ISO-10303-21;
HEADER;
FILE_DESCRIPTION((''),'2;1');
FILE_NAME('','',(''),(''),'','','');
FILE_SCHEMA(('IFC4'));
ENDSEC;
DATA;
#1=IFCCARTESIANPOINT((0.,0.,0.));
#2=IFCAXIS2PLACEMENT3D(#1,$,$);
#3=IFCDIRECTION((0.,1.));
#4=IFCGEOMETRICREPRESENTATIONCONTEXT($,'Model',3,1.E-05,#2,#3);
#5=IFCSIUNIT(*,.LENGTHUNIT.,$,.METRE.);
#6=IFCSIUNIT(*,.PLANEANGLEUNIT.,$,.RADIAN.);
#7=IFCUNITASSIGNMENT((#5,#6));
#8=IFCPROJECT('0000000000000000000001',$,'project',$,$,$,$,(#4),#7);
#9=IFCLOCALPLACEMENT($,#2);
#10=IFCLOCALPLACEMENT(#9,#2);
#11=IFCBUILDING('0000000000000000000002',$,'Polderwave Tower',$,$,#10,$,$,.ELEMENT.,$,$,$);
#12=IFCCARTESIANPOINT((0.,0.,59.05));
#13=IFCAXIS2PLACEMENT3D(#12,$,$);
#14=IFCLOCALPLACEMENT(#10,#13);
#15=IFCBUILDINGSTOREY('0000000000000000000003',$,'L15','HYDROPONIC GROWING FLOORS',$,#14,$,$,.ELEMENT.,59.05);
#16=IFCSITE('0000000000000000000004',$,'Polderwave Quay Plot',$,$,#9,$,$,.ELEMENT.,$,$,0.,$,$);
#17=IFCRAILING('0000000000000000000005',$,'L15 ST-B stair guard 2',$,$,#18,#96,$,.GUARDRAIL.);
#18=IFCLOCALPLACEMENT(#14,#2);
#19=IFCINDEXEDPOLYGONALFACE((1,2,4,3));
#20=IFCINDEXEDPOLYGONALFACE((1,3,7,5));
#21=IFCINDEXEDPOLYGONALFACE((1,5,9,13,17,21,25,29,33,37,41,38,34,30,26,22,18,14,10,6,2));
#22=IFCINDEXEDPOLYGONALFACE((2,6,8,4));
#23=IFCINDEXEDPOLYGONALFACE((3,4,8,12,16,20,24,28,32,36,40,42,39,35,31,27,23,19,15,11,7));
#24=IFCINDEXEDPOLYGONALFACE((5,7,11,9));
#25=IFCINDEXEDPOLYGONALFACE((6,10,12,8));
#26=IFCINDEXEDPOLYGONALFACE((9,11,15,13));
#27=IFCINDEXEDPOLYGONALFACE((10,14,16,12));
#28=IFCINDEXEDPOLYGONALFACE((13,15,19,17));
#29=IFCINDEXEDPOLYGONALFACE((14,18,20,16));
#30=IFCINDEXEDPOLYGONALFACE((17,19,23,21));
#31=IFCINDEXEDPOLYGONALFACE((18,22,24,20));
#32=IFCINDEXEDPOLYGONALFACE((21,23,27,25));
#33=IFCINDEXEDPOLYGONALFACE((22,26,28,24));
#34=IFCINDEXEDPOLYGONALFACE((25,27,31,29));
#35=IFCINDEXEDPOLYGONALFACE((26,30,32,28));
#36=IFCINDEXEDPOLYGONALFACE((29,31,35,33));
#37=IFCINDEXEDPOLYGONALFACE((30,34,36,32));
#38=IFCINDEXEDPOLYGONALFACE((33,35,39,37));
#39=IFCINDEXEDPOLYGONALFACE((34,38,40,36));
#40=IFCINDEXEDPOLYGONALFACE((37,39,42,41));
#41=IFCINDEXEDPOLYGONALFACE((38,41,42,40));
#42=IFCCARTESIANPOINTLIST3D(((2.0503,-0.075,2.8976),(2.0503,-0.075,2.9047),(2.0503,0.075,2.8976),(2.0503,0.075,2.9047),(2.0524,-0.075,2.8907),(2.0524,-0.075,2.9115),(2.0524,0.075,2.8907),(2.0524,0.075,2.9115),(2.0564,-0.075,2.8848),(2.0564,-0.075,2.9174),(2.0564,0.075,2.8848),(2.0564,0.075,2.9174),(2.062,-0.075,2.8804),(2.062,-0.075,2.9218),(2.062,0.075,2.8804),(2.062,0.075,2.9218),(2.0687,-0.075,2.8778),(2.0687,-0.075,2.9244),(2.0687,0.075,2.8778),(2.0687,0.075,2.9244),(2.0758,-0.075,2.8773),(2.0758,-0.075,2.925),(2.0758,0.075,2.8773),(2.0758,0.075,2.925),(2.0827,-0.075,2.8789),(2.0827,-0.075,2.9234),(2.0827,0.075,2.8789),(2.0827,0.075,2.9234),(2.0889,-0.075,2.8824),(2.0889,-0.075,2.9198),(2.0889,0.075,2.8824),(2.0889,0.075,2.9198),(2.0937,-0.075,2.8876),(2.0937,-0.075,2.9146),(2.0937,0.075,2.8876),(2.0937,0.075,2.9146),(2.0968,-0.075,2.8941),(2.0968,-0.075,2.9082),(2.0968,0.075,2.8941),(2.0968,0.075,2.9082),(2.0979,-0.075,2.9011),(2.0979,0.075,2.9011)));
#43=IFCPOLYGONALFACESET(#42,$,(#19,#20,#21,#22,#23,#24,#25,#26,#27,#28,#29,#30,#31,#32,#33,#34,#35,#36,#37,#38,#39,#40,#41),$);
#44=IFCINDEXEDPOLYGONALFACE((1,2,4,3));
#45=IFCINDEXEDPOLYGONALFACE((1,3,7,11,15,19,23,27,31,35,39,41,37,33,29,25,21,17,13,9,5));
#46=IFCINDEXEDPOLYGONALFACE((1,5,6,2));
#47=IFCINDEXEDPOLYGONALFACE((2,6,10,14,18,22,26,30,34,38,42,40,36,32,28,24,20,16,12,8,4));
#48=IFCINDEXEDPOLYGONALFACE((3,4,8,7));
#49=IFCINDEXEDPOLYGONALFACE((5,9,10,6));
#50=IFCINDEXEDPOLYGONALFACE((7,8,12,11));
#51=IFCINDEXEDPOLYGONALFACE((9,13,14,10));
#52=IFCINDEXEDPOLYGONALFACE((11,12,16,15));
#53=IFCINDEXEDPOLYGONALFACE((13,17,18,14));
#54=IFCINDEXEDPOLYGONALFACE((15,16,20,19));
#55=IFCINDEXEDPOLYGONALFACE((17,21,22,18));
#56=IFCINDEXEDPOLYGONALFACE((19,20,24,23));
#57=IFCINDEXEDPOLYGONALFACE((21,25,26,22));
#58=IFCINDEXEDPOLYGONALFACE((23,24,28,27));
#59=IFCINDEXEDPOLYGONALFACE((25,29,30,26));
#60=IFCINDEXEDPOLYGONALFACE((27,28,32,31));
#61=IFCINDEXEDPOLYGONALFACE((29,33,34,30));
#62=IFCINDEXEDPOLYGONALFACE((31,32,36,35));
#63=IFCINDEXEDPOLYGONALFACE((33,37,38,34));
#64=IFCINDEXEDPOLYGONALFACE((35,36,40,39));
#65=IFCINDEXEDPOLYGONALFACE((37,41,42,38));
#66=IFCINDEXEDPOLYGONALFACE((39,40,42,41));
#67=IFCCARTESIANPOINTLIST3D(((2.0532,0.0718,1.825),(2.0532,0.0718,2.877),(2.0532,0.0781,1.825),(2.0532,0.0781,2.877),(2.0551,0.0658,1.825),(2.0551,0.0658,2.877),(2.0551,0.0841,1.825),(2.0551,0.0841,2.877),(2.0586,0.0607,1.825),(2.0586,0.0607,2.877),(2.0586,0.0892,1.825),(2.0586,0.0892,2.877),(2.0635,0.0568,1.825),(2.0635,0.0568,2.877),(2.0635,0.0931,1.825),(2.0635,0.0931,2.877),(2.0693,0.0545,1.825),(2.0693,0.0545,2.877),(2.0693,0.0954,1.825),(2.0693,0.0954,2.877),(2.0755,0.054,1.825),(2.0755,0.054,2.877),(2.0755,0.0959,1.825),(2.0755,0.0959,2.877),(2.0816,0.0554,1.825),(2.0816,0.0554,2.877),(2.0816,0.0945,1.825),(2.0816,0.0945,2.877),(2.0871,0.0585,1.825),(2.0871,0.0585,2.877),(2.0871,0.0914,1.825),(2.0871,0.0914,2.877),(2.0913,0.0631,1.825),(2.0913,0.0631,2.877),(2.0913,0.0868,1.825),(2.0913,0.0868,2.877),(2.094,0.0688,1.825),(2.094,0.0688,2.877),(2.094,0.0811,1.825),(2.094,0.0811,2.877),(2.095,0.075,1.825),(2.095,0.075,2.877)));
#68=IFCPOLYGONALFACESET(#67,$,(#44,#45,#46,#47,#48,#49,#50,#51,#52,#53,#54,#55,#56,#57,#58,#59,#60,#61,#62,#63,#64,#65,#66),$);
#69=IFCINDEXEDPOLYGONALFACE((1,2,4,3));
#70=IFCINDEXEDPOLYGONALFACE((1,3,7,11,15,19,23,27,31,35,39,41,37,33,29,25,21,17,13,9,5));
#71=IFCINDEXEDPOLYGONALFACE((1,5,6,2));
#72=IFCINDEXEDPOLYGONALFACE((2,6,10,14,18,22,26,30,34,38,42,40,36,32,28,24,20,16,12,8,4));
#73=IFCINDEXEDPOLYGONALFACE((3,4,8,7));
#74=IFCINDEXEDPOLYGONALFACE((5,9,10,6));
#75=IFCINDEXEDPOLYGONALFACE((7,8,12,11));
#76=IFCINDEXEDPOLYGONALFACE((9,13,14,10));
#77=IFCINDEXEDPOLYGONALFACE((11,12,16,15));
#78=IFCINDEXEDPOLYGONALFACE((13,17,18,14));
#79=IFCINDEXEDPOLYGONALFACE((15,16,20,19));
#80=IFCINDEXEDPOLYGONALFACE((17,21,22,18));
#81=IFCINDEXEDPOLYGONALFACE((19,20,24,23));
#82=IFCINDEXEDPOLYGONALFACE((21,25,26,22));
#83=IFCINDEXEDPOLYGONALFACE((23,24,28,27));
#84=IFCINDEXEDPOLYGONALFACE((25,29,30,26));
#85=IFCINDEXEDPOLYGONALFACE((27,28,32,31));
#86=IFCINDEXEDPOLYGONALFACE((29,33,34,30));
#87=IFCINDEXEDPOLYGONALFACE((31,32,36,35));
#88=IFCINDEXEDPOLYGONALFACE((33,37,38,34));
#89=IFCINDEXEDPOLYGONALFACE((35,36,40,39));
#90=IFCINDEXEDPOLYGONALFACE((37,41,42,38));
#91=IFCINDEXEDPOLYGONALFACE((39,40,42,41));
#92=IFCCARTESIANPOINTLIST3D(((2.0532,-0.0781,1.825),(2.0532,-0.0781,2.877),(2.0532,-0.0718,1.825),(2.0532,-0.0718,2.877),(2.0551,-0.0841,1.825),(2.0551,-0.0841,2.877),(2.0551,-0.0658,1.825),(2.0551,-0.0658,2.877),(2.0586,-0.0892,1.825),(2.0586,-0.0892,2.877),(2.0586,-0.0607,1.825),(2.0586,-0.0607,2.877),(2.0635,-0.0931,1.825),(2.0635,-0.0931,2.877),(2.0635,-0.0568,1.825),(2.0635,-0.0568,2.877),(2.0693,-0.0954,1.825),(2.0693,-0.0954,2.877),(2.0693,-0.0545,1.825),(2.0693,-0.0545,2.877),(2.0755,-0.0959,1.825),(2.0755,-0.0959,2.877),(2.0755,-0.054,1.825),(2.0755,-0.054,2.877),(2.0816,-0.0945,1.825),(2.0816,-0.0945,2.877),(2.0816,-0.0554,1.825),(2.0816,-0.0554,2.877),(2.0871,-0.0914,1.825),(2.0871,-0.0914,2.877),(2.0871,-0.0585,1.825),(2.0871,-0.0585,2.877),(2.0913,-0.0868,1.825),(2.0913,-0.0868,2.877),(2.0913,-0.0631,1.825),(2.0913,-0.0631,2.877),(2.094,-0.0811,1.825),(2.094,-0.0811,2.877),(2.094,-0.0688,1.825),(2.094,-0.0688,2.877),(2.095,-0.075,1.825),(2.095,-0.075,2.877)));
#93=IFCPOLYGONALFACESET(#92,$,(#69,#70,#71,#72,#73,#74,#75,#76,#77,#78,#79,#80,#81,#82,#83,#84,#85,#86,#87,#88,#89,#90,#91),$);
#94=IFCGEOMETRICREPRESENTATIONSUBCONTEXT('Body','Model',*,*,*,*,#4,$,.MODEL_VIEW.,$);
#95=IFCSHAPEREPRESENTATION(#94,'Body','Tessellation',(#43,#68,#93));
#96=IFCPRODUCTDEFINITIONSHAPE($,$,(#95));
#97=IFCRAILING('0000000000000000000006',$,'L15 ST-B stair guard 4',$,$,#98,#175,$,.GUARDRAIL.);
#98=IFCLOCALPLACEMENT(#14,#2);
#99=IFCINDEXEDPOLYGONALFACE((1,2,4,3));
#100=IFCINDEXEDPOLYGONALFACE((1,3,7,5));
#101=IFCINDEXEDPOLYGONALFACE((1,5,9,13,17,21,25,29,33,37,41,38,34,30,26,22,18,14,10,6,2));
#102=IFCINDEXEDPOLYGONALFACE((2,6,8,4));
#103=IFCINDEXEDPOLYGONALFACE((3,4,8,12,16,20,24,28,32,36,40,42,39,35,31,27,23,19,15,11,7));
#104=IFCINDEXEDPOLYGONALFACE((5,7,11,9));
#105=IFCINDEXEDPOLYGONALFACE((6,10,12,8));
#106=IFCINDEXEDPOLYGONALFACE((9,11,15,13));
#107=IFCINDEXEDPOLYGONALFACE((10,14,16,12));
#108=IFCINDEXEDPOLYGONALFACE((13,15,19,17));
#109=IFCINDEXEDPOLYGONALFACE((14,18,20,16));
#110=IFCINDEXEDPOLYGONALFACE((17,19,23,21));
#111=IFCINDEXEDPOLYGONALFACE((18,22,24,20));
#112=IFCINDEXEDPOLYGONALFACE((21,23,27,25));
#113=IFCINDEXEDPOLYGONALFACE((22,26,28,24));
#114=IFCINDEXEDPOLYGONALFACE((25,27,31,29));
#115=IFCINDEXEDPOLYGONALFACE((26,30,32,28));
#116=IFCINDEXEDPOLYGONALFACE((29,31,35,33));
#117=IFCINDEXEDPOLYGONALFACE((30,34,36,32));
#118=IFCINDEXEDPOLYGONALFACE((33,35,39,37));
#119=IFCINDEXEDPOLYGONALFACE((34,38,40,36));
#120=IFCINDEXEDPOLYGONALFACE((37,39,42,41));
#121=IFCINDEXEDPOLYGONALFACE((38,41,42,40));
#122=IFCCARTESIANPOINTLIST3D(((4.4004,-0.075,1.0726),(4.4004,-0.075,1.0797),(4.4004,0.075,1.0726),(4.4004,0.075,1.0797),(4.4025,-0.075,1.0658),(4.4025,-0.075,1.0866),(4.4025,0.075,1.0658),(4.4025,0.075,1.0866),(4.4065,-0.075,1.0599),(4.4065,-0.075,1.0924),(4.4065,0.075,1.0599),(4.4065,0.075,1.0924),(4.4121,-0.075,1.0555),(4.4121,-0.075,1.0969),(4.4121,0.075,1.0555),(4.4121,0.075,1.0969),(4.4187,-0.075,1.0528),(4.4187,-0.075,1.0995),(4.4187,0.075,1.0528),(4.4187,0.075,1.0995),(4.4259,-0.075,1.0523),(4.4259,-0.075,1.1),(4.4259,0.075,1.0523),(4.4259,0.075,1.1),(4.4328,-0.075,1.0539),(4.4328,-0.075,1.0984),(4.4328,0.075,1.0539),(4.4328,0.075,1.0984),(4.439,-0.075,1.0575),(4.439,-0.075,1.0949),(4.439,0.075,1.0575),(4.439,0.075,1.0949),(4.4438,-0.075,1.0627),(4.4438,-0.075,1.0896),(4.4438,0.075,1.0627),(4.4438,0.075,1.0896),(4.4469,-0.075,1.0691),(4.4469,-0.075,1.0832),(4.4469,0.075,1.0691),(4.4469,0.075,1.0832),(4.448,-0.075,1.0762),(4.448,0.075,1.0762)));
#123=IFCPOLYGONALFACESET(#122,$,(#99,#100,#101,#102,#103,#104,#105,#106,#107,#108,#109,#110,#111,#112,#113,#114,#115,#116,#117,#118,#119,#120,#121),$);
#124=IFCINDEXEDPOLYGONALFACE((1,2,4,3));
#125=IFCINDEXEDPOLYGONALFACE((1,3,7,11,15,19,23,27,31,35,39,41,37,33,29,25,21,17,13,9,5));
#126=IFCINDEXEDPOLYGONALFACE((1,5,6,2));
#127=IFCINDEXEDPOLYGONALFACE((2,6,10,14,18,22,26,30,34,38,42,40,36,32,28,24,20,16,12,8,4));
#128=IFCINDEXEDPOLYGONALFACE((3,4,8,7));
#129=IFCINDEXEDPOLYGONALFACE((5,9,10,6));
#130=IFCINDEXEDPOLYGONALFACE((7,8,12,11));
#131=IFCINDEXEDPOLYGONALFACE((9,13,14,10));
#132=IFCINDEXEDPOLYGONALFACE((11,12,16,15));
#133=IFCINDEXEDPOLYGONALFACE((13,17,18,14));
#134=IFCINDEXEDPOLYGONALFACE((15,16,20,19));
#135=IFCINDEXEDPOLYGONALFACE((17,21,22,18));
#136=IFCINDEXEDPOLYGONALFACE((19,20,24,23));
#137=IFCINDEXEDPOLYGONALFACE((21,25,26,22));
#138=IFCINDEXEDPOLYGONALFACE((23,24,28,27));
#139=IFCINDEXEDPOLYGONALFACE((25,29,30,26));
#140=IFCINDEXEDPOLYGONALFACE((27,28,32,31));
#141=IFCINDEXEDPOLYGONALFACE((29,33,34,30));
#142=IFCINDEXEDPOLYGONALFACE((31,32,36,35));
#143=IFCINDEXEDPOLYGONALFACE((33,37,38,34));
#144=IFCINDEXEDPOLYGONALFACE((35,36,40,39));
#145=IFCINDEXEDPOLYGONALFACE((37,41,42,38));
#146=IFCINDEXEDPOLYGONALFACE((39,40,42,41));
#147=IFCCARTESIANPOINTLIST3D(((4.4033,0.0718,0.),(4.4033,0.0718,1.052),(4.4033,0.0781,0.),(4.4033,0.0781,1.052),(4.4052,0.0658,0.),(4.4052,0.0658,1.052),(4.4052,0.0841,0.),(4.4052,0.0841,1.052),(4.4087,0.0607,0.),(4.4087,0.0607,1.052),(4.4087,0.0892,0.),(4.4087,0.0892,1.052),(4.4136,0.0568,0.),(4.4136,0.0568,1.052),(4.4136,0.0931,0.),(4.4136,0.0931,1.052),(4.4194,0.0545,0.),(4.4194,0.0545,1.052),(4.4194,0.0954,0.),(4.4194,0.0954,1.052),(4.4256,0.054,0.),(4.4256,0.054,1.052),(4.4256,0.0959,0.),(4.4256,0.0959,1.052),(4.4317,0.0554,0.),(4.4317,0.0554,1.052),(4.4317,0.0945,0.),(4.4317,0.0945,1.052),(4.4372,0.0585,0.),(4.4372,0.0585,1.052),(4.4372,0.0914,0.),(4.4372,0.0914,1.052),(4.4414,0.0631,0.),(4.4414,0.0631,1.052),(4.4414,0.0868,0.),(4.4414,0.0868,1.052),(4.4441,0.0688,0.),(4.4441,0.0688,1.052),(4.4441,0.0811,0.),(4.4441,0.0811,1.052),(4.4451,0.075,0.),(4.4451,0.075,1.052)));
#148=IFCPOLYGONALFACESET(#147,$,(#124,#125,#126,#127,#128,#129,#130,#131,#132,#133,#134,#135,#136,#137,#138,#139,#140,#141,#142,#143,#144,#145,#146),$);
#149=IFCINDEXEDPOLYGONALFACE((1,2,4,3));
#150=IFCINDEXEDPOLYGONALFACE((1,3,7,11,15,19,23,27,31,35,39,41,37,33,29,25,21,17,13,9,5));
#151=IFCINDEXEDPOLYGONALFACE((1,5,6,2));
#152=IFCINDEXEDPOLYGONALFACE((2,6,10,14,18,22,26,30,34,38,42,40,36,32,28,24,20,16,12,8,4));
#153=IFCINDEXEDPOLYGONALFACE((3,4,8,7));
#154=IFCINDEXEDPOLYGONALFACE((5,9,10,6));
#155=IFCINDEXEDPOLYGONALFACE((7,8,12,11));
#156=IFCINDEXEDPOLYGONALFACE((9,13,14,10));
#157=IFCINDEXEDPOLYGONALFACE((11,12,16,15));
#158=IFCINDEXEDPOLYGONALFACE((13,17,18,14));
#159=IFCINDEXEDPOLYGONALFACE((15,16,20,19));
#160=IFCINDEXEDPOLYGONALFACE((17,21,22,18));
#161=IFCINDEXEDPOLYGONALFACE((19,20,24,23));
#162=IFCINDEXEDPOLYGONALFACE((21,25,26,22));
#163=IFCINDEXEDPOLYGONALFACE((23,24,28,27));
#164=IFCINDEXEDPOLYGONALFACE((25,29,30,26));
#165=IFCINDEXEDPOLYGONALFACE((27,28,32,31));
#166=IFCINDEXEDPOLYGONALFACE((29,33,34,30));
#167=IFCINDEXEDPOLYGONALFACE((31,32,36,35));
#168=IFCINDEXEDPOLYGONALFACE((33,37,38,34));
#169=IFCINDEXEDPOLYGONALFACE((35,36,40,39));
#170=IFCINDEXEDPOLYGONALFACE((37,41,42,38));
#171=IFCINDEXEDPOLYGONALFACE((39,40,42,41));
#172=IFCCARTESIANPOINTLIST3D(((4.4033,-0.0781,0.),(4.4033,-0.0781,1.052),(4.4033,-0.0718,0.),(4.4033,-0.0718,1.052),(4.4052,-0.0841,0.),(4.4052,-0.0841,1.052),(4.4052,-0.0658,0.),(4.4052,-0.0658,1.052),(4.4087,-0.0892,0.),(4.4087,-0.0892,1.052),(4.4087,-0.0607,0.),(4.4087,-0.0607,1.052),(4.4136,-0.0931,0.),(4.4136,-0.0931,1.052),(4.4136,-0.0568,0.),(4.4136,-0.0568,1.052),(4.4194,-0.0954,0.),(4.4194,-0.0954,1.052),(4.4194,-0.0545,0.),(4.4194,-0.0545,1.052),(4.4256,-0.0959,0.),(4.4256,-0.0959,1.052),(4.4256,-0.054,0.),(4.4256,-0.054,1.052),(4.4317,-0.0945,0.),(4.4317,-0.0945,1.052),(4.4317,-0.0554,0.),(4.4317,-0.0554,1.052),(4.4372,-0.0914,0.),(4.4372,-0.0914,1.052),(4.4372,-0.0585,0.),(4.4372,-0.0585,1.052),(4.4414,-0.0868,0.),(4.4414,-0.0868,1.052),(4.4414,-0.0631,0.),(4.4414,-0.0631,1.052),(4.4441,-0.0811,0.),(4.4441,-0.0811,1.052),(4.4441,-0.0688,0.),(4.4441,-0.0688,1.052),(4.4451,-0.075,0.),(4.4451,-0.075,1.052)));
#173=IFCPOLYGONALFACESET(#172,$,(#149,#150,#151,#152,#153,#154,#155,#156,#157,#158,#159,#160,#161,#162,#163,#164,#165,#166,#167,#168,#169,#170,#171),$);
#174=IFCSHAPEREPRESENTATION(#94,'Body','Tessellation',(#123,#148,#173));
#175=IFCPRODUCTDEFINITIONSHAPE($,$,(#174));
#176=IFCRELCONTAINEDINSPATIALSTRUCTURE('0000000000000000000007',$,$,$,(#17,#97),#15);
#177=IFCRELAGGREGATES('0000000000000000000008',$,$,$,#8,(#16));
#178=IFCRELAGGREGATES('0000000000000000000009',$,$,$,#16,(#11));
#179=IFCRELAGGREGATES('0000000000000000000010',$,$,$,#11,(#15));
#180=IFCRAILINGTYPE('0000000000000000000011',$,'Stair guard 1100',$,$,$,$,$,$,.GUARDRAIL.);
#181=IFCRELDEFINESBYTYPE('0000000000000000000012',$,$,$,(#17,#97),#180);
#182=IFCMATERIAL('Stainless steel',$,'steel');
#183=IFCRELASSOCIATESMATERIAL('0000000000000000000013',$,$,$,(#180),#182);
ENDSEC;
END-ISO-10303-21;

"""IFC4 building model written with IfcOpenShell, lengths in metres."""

from ifc_helpers import new_model, si_unit, direction, frame, origin, origin_2d, place, context, subcontext, project, spatial, circle, extrude, material, type_object, element, save


model = new_model("IFC4")

# Units and contexts
model_context = context("Model", 3, precision=1e-05, world=origin(), true_north=direction((0.0, 1.0)))
body_context = subcontext(model_context, "Body", "Model", "MODEL_VIEW")
ifc_project = project(units=[si_unit("LENGTHUNIT", "METRE"), si_unit("PLANEANGLEUNIT", "RADIAN")], contexts=[model_context])

# Site, building, storey
site_placement = place(None, origin())
site = spatial("IfcSite", under=ifc_project, at=site_placement, Name="Polderwave Quay Plot", CompositionType="ELEMENT", RefElevation=0.0)
building_placement = place(site_placement, origin())
building = spatial("IfcBuilding", under=site, at=building_placement, Name="Polderwave Tower", CompositionType="ELEMENT")
storey_placement = place(building_placement, frame((0.0, 0.0, 59.05)))
storey = spatial("IfcBuildingStorey", under=building, at=storey_placement, Name="L15", Description="HYDROPONIC GROWING FLOORS", CompositionType="ELEMENT", Elevation=59.05)

# Railings
ifc_material_1 = material(Name="Stainless steel", Category="steel")
railing_type_1 = type_object("IfcRailingType", Name="Stair guard 1100", PredefinedType="GUARDRAIL", material=ifc_material_1)
for number, where, name in (
    (1, (2.074, 0.075, 1.825), "L15 ST-B stair guard 2"),
    (2, (4.4241, 0.075, 0.0), "L15 ST-B stair guard 4"),
):
    element("IfcRailing", number, at=place(storey_placement, frame(where)), inside=storey, type_object=railing_type_1, Name=name, PredefinedType="GUARDRAIL", context=body_context, shape_type="SweptSolid", body=[
        extrude(circle(Radius=0.0239, at=origin_2d()), frame((0.0, 0.0, 1.0762), z_axis=(0.0, -1.0, 0.0), x_axis=(1.0, 0.0, 0.0)), (0.0, 0.0, 1.0), 0.1499),
        extrude(circle(Radius=0.021, at=origin_2d()), origin(), (0.0, 0.0, 1.0), 1.052),
        extrude(circle(Radius=0.021, at=origin_2d()), frame((0.0, -0.1499, 0.0)), (0.0, 0.0, 1.0), 1.052),
    ])

save(model, "model.ifc")
